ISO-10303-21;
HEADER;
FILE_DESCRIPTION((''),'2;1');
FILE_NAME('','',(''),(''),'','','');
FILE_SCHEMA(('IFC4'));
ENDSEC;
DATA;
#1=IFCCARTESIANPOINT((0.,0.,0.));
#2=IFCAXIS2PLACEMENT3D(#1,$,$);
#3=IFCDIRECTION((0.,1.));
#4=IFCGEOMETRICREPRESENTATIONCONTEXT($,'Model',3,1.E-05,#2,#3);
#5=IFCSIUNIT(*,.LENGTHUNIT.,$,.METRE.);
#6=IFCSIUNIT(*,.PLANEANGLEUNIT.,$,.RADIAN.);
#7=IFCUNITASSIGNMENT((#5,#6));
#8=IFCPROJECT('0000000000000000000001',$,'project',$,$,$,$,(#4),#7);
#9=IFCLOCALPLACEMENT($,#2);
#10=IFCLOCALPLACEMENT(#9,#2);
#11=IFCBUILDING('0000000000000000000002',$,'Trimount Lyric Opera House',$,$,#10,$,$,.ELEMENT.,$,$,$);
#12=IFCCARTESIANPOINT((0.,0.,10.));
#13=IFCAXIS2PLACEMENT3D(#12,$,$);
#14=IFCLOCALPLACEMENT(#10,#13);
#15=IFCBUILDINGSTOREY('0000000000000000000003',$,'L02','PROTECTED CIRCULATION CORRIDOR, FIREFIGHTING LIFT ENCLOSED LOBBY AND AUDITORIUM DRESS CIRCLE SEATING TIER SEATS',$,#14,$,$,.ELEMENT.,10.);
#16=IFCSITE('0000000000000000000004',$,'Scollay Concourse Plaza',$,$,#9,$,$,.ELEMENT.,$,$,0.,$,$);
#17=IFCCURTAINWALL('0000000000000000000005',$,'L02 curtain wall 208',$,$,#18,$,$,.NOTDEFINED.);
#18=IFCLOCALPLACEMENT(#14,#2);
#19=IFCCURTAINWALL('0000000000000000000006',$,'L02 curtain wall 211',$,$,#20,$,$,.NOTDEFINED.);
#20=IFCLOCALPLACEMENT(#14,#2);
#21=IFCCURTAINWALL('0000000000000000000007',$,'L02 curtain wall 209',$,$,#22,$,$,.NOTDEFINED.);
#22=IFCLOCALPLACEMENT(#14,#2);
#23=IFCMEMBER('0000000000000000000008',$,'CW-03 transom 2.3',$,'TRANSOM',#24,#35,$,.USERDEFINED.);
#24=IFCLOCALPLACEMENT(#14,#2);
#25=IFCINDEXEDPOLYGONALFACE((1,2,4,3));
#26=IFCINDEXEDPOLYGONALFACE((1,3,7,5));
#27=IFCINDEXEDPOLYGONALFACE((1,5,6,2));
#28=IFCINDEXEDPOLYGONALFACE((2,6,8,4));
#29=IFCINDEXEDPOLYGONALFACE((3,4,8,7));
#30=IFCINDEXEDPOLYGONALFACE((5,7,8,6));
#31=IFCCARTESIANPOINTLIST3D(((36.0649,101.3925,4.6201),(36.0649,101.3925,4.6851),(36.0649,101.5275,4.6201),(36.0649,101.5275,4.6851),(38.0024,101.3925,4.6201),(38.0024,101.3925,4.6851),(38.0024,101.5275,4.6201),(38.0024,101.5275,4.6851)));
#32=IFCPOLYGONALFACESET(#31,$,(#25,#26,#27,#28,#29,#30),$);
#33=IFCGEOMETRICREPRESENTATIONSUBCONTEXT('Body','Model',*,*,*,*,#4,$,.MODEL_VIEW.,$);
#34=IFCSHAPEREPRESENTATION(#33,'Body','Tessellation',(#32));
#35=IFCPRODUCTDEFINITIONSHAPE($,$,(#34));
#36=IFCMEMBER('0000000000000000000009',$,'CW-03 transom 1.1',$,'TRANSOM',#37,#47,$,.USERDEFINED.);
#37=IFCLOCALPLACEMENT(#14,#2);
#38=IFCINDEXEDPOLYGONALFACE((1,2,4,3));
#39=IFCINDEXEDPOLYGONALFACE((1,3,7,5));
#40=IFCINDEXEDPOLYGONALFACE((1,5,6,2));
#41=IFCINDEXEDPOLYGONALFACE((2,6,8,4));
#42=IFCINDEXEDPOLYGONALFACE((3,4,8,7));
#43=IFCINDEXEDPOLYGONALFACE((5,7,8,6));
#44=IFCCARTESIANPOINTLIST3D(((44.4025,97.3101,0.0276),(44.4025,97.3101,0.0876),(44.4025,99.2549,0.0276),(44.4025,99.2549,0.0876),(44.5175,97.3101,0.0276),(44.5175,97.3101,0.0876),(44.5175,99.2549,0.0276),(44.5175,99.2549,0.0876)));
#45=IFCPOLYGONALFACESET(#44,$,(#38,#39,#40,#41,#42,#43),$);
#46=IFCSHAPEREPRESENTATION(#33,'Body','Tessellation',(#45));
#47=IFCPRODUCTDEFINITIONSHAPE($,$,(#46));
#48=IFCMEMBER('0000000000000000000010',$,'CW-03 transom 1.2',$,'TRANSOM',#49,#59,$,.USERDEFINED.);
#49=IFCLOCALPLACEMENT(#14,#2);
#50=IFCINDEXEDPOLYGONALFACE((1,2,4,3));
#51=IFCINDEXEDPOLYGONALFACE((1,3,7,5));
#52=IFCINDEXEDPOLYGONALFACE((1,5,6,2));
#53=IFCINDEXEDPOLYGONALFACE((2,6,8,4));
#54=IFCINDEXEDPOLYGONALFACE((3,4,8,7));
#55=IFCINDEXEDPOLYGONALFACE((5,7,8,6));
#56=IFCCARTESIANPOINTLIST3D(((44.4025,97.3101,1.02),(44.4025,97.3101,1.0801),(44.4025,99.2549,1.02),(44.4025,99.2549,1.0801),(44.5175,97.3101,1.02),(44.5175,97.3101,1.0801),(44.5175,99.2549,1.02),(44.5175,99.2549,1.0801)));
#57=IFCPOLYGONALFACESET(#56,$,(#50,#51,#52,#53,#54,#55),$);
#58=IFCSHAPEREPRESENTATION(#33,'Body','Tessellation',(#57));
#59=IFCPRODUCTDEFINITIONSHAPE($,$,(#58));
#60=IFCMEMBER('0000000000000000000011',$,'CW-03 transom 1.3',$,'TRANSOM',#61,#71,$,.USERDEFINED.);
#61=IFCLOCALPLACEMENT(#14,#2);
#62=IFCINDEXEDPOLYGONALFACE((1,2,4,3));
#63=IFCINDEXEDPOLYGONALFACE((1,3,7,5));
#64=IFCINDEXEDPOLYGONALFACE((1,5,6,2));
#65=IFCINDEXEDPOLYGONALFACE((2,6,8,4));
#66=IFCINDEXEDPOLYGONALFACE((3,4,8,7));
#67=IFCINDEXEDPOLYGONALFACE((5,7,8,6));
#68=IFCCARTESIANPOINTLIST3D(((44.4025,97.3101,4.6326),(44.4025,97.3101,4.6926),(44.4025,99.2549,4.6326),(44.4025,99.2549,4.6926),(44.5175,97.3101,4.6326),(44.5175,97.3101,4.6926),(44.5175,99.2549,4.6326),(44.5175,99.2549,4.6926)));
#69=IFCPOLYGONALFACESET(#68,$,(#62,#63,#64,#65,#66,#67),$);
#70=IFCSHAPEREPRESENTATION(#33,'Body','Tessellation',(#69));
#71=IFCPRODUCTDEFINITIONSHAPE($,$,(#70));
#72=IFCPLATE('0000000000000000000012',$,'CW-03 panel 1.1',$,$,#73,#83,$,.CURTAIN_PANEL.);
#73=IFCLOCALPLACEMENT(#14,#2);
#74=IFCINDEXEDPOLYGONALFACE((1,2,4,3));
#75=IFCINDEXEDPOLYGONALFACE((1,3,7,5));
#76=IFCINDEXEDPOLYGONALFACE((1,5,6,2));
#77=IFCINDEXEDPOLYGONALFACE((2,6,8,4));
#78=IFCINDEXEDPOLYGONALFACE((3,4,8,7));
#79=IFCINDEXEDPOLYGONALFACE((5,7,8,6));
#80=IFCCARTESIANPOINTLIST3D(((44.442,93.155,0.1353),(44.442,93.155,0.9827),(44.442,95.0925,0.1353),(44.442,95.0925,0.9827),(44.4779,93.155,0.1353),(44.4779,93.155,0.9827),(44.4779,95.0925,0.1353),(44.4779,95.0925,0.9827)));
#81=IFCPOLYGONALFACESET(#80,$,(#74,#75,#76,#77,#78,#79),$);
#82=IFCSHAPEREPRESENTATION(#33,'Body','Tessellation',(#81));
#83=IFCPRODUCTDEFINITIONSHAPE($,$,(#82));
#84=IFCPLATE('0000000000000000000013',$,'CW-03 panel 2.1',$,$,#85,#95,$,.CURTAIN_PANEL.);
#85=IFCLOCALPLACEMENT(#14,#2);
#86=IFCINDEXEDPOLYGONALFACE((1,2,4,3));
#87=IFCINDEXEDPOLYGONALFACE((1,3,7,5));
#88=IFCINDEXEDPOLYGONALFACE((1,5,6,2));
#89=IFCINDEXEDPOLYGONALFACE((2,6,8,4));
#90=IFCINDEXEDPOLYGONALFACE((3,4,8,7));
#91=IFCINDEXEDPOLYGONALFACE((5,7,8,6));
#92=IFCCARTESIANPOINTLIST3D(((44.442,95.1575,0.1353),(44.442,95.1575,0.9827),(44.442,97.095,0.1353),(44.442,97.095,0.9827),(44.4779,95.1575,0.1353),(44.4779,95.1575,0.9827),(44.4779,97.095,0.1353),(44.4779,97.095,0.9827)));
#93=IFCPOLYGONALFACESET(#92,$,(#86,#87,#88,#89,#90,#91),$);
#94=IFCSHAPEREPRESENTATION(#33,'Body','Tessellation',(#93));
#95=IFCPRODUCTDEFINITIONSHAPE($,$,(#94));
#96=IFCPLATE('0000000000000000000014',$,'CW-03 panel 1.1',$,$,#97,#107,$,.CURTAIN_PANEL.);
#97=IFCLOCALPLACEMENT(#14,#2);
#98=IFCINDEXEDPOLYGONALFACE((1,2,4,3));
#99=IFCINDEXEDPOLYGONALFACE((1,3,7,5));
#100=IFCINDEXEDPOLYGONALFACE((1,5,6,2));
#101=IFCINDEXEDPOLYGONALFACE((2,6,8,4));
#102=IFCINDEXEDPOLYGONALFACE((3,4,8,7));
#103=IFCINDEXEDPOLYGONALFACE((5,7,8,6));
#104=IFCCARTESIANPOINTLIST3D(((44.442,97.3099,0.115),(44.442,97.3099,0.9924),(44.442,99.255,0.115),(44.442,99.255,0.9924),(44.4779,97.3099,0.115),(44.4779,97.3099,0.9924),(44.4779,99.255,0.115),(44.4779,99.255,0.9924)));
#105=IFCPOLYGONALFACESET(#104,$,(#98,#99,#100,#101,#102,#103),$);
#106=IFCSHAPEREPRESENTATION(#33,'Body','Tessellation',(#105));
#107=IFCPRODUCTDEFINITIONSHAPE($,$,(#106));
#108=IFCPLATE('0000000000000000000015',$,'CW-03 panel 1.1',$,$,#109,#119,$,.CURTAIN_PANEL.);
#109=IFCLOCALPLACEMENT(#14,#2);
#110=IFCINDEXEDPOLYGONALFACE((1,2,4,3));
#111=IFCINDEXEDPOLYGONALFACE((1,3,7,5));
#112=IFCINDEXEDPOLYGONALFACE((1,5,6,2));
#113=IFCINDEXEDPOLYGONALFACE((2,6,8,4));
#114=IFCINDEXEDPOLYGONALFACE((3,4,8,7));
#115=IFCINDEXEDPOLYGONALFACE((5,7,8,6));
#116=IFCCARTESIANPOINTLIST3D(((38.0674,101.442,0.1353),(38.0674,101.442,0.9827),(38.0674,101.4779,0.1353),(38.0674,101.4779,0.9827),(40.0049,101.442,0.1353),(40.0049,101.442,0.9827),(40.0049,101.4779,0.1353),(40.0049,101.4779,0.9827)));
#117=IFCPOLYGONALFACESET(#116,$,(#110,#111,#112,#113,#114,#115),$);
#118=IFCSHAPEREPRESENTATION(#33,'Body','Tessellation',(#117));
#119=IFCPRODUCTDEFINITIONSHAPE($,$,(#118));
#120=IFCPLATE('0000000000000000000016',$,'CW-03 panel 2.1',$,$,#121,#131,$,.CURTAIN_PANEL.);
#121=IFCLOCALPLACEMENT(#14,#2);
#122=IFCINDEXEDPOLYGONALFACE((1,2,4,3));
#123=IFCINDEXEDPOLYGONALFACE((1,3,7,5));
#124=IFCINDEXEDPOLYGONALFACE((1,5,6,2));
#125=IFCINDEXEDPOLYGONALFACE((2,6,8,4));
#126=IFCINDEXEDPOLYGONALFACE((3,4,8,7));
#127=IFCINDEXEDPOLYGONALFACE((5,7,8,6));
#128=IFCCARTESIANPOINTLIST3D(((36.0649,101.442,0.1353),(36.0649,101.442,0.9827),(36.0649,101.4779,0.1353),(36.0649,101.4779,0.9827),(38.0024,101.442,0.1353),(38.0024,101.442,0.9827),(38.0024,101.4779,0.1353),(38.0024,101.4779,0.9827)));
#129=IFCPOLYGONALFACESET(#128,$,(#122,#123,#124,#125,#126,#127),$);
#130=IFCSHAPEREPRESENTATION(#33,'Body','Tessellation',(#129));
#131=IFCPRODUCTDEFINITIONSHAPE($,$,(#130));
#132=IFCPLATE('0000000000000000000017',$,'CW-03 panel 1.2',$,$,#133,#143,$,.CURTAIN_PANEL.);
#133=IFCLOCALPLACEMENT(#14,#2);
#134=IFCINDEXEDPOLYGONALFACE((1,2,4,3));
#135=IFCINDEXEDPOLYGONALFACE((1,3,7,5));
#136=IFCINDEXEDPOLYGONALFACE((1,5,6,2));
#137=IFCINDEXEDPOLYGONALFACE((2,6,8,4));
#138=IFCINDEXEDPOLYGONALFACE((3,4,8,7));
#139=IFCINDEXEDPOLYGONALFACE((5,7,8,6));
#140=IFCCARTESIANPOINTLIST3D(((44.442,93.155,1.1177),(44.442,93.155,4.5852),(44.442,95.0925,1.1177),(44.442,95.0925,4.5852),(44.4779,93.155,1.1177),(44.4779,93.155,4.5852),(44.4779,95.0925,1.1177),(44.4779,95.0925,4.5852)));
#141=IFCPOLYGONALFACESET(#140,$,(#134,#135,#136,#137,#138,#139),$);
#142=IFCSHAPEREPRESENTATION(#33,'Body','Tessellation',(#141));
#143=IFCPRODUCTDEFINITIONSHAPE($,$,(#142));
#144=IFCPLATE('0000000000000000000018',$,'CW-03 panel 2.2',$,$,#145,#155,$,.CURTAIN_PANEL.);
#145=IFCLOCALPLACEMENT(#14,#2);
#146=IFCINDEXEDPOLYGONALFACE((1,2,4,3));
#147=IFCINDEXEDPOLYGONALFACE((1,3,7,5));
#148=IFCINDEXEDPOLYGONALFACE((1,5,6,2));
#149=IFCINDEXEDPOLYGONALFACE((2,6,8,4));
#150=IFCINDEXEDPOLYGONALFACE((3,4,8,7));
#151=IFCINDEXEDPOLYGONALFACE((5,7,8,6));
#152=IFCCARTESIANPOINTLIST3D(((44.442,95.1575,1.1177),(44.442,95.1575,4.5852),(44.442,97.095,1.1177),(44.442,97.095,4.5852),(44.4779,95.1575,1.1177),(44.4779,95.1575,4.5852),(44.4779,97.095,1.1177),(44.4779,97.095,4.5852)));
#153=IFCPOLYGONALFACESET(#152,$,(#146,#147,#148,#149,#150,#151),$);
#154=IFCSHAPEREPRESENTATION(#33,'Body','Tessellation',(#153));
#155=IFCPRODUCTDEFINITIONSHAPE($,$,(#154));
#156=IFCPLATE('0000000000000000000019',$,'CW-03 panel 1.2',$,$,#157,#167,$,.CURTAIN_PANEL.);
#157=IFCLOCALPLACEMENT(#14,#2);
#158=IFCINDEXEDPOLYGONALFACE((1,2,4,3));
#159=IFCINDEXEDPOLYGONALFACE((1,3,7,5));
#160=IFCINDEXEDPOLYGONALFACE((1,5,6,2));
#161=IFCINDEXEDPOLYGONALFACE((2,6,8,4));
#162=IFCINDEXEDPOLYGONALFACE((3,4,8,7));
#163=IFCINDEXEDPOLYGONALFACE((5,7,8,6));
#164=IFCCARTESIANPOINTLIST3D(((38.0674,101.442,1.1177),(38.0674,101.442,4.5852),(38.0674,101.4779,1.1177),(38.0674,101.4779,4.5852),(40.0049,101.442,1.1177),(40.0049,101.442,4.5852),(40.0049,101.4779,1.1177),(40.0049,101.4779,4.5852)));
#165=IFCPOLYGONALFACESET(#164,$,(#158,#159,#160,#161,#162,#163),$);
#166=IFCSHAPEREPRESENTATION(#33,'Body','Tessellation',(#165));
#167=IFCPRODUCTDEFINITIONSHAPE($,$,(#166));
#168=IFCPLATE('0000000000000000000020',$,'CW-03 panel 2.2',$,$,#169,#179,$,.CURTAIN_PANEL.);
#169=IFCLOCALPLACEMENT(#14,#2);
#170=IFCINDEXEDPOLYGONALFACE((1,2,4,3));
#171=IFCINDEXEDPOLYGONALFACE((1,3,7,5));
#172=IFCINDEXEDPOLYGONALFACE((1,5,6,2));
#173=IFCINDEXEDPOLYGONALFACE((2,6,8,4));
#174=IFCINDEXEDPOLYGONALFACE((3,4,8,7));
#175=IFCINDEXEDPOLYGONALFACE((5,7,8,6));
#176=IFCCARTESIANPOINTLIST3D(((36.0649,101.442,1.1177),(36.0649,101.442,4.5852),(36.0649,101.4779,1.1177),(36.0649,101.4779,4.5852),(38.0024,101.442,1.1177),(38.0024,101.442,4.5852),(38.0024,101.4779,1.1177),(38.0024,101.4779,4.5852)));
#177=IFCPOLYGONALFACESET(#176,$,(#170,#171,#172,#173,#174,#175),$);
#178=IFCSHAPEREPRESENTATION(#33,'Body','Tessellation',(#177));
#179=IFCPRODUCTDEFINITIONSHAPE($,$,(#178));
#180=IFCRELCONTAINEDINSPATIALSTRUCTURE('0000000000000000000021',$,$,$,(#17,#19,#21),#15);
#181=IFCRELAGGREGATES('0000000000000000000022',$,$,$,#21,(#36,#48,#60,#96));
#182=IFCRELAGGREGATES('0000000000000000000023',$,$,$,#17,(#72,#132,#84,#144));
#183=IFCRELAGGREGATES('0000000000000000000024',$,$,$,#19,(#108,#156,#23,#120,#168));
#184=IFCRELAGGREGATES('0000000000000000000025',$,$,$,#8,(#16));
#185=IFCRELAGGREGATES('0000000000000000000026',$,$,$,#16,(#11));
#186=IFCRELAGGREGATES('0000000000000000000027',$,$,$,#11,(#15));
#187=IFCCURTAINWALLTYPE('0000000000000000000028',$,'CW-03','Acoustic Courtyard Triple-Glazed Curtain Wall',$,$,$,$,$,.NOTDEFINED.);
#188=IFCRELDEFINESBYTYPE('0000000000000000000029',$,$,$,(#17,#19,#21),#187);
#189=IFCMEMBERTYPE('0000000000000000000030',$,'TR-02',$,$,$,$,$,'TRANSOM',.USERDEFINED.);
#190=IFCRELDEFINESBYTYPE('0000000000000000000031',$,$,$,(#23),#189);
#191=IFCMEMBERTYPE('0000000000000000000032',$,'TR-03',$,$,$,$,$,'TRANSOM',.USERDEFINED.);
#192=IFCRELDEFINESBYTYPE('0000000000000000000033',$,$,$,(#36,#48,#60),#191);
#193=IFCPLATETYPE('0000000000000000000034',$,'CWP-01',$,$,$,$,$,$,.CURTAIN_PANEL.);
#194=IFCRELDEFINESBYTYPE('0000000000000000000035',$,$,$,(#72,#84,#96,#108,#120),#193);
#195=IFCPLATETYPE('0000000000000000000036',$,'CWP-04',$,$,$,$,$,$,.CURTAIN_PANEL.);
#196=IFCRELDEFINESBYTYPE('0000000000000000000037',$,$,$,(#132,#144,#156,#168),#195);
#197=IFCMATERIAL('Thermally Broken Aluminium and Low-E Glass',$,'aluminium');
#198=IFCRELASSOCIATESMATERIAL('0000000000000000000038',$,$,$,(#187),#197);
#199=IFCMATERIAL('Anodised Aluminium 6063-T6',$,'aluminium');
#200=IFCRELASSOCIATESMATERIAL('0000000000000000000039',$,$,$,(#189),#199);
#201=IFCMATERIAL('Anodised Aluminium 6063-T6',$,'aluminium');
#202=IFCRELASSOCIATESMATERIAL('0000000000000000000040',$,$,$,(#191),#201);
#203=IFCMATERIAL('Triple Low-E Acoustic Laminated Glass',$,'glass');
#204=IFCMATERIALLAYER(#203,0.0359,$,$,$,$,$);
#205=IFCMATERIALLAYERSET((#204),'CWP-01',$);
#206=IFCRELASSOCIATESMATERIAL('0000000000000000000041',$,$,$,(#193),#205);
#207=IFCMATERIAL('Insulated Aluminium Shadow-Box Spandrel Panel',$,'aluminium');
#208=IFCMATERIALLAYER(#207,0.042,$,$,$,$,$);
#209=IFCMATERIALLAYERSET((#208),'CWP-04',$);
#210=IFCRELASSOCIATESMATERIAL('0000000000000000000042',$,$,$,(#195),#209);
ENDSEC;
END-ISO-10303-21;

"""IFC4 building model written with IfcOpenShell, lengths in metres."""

from ifc_helpers import new_model, si_unit, direction, frame, origin, origin_2d, place, context, subcontext, project, spatial, rectangle, extrude, material, layer, layer_set, material_profile, profile_set, type_object, element, aggregate, save


model = new_model("IFC4")

# Units and contexts
model_context = context("Model", 3, precision=1e-05, world=origin(), true_north=direction((0.0, 1.0)))
body_context = subcontext(model_context, "Body", "Model", "MODEL_VIEW")
ifc_project = project(units=[si_unit("LENGTHUNIT", "METRE"), si_unit("PLANEANGLEUNIT", "RADIAN")], contexts=[model_context])

# Site, building, storey
site_placement = place(None, origin())
site = spatial("IfcSite", under=ifc_project, at=site_placement, Name="Scollay Concourse Plaza", CompositionType="ELEMENT", RefElevation=0.0)
building_placement = place(site_placement, origin())
building = spatial("IfcBuilding", under=site, at=building_placement, Name="Trimount Lyric Opera House", CompositionType="ELEMENT")
storey_placement = place(building_placement, frame((0.0, 0.0, 10.0)))
storey = spatial("IfcBuildingStorey", under=building, at=storey_placement, Name="L02", Description="PROTECTED CIRCULATION CORRIDOR, FIREFIGHTING LIFT ENCLOSED LOBBY AND AUDITORIUM DRESS CIRCLE SEATING TIER SEATS", CompositionType="ELEMENT", Elevation=10.0)

# Curtain wall
ifc_material_1 = material(Name="Thermally Broken Aluminium and Low-E Glass", Category="aluminium")
curtain_wall_type = type_object("IfcCurtainWallType", Name="CW-03", Description="Acoustic Courtyard Triple-Glazed Curtain Wall", PredefinedType="NOTDEFINED", material=ifc_material_1)
curtain_wall_1_placement = place(storey_placement, origin())
curtain_wall_1 = element("IfcCurtainWall", 1, at=curtain_wall_1_placement, inside=storey, type_object=curtain_wall_type, Name="L02 curtain wall 208", PredefinedType="NOTDEFINED")

# Curtain walls
curtain_wall_2_placement = place(storey_placement, origin())
curtain_wall_2 = element("IfcCurtainWall", 2, at=curtain_wall_2_placement, inside=storey, type_object=curtain_wall_type, Name="L02 curtain wall 211", PredefinedType="NOTDEFINED")
curtain_wall_3_placement = place(storey_placement, origin())
curtain_wall_3 = element("IfcCurtainWall", 3, at=curtain_wall_3_placement, inside=storey, type_object=curtain_wall_type, Name="L02 curtain wall 209", PredefinedType="NOTDEFINED")

# Members
ifc_material_2 = material(Name="Anodised Aluminium 6063-T6", Category="aluminium")
ifc_material_profile_1 = material_profile(ifc_material_2, rectangle(XDim=0.135, YDim=0.0649, at=origin_2d()), Name="ALU-TRAN-65X135")
ifc_profile_set_1 = profile_set([ifc_material_profile_1], Name="Anodised Aluminium 6063-T6")
member_type_1 = type_object("IfcMemberType", Name="TR-02", ElementType="TRANSOM", PredefinedType="USERDEFINED", material=ifc_profile_set_1)
member_1_placement = place(storey_placement, frame((38.0024, 101.46, 4.6526), z_axis=(-1.0, 0.0, 0.0), x_axis=(0.0, -1.0, 0.0)))
member_1 = element("IfcMember", 4, at=member_1_placement, type_object=member_type_1, Name="CW-03 transom 2.3", ObjectType="TRANSOM", PredefinedType="USERDEFINED", context=body_context, shape_type="SweptSolid", body=[
    extrude(rectangle(XDim=0.135, YDim=0.0649, at=origin_2d()), origin(), (0.0, 0.0, 1.0), 1.9375),
])
ifc_material_3 = material(Name="Anodised Aluminium 6063-T6", Category="aluminium")
ifc_material_profile_2 = material_profile(ifc_material_3, rectangle(XDim=0.115, YDim=0.0601, at=origin_2d()), Name="ALU-TRAN-60X115")
ifc_profile_set_2 = profile_set([ifc_material_profile_2], Name="Anodised Aluminium 6063-T6")
member_type_2 = type_object("IfcMemberType", Name="TR-03", ElementType="TRANSOM", PredefinedType="USERDEFINED", material=ifc_profile_set_2)
member_2_placement = place(storey_placement, frame((44.46, 97.3101, 0.0576), z_axis=(0.0, 1.0, 0.0), x_axis=(-1.0, 0.0, 0.0)))
member_2 = element("IfcMember", 5, at=member_2_placement, type_object=member_type_2, Name="CW-03 transom 1.1", ObjectType="TRANSOM", PredefinedType="USERDEFINED", context=body_context, shape_type="SweptSolid", body=[
    extrude(rectangle(XDim=0.115, YDim=0.0601, at=origin_2d()), origin(), (0.0, 0.0, 1.0), 1.9448),
])
member_3_placement = place(storey_placement, frame((44.46, 97.3101, 1.05), z_axis=(0.0, 1.0, 0.0), x_axis=(-1.0, 0.0, 0.0)))
member_3 = element("IfcMember", 6, at=member_3_placement, type_object=member_type_2, Name="CW-03 transom 1.2", ObjectType="TRANSOM", PredefinedType="USERDEFINED", context=body_context, shape_type="SweptSolid", body=[
    extrude(rectangle(XDim=0.115, YDim=0.0601, at=origin_2d()), origin(), (0.0, 0.0, 1.0), 1.9448),
])
member_4_placement = place(storey_placement, frame((44.46, 97.3101, 4.6626), z_axis=(0.0, 1.0, 0.0), x_axis=(-1.0, 0.0, 0.0)))
member_4 = element("IfcMember", 7, at=member_4_placement, type_object=member_type_2, Name="CW-03 transom 1.3", ObjectType="TRANSOM", PredefinedType="USERDEFINED", context=body_context, shape_type="SweptSolid", body=[
    extrude(rectangle(XDim=0.115, YDim=0.0601, at=origin_2d()), origin(), (0.0, 0.0, 1.0), 1.9448),
])

# Plates
ifc_material_4 = material(Name="Triple Low-E Acoustic Laminated Glass", Category="glass")
ifc_layer_1 = layer(ifc_material_4, 0.0359)
ifc_layer_set_1 = layer_set([ifc_layer_1], Name="CWP-01")
plate_type_1 = type_object("IfcPlateType", Name="CWP-01", PredefinedType="CURTAIN_PANEL", material=ifc_layer_set_1)
plate_1_placement = place(storey_placement, frame((44.46, 94.1238, 0.1353), z_axis=(0.0, 0.0, 1.0), x_axis=(0.0, 1.0, 0.0)))
plate_1 = element("IfcPlate", 8, at=plate_1_placement, type_object=plate_type_1, Name="CW-03 panel 1.1", PredefinedType="CURTAIN_PANEL", context=body_context, shape_type="SweptSolid", body=[
    extrude(rectangle(XDim=1.9375, YDim=0.0359, at=origin_2d()), origin(), (0.0, 0.0, 1.0), 0.8474),
])
plate_2_placement = place(storey_placement, frame((44.46, 96.1262, 0.1353), z_axis=(0.0, 0.0, 1.0), x_axis=(0.0, 1.0, 0.0)))
plate_2 = element("IfcPlate", 9, at=plate_2_placement, type_object=plate_type_1, Name="CW-03 panel 2.1", PredefinedType="CURTAIN_PANEL", context=body_context, shape_type="SweptSolid", body=[
    extrude(rectangle(XDim=1.9375, YDim=0.0359, at=origin_2d()), origin(), (0.0, 0.0, 1.0), 0.8474),
])
plate_3_placement = place(storey_placement, frame((44.46, 98.2825, 0.115), z_axis=(0.0, 0.0, 1.0), x_axis=(0.0, 1.0, 0.0)))
plate_3 = element("IfcPlate", 10, at=plate_3_placement, type_object=plate_type_1, Name="CW-03 panel 1.1", PredefinedType="CURTAIN_PANEL", context=body_context, shape_type="SweptSolid", body=[
    extrude(rectangle(XDim=1.9451, YDim=0.0359, at=origin_2d()), origin(), (0.0, 0.0, 1.0), 0.8774),
])
aggregate(curtain_wall_3, [member_2, member_3, member_4, plate_3])
plate_4_placement = place(storey_placement, frame((39.0361, 101.46, 0.1353), z_axis=(0.0, 0.0, 1.0), x_axis=(-1.0, 0.0, 0.0)))
plate_4 = element("IfcPlate", 11, at=plate_4_placement, type_object=plate_type_1, Name="CW-03 panel 1.1", PredefinedType="CURTAIN_PANEL", context=body_context, shape_type="SweptSolid", body=[
    extrude(rectangle(XDim=1.9375, YDim=0.0359, at=origin_2d()), origin(), (0.0, 0.0, 1.0), 0.8474),
])
plate_5_placement = place(storey_placement, frame((37.0337, 101.46, 0.1353), z_axis=(0.0, 0.0, 1.0), x_axis=(-1.0, 0.0, 0.0)))
plate_5 = element("IfcPlate", 12, at=plate_5_placement, type_object=plate_type_1, Name="CW-03 panel 2.1", PredefinedType="CURTAIN_PANEL", context=body_context, shape_type="SweptSolid", body=[
    extrude(rectangle(XDim=1.9375, YDim=0.0359, at=origin_2d()), origin(), (0.0, 0.0, 1.0), 0.8474),
])
ifc_material_5 = material(Name="Insulated Aluminium Shadow-Box Spandrel Panel", Category="aluminium")
ifc_layer_2 = layer(ifc_material_5, 0.042)
ifc_layer_set_2 = layer_set([ifc_layer_2], Name="CWP-04")
plate_type_2 = type_object("IfcPlateType", Name="CWP-04", PredefinedType="CURTAIN_PANEL", material=ifc_layer_set_2)
plate_6_placement = place(storey_placement, frame((44.46, 94.1238, 1.1177), z_axis=(0.0, 0.0, 1.0), x_axis=(0.0, 1.0, 0.0)))
plate_6 = element("IfcPlate", 13, at=plate_6_placement, type_object=plate_type_2, Name="CW-03 panel 1.2", PredefinedType="CURTAIN_PANEL", context=body_context, shape_type="SweptSolid", body=[
    extrude(rectangle(XDim=1.9375, YDim=0.0359, at=origin_2d()), origin(), (0.0, 0.0, 1.0), 3.4675),
])
plate_7_placement = place(storey_placement, frame((44.46, 96.1262, 1.1177), z_axis=(0.0, 0.0, 1.0), x_axis=(0.0, 1.0, 0.0)))
plate_7 = element("IfcPlate", 14, at=plate_7_placement, type_object=plate_type_2, Name="CW-03 panel 2.2", PredefinedType="CURTAIN_PANEL", context=body_context, shape_type="SweptSolid", body=[
    extrude(rectangle(XDim=1.9375, YDim=0.0359, at=origin_2d()), origin(), (0.0, 0.0, 1.0), 3.4675),
])
aggregate(curtain_wall_1, [plate_1, plate_6, plate_2, plate_7])
plate_8_placement = place(storey_placement, frame((39.0361, 101.46, 1.1177), z_axis=(0.0, 0.0, 1.0), x_axis=(-1.0, 0.0, 0.0)))
plate_8 = element("IfcPlate", 15, at=plate_8_placement, type_object=plate_type_2, Name="CW-03 panel 1.2", PredefinedType="CURTAIN_PANEL", context=body_context, shape_type="SweptSolid", body=[
    extrude(rectangle(XDim=1.9375, YDim=0.0359, at=origin_2d()), origin(), (0.0, 0.0, 1.0), 3.4675),
])
plate_9_placement = place(storey_placement, frame((37.0337, 101.46, 1.1177), z_axis=(0.0, 0.0, 1.0), x_axis=(-1.0, 0.0, 0.0)))
plate_9 = element("IfcPlate", 16, at=plate_9_placement, type_object=plate_type_2, Name="CW-03 panel 2.2", PredefinedType="CURTAIN_PANEL", context=body_context, shape_type="SweptSolid", body=[
    extrude(rectangle(XDim=1.9375, YDim=0.0359, at=origin_2d()), origin(), (0.0, 0.0, 1.0), 3.4675),
])
aggregate(curtain_wall_2, [plate_4, plate_8, member_1, plate_5, plate_9])

save(model, "model.ifc")
